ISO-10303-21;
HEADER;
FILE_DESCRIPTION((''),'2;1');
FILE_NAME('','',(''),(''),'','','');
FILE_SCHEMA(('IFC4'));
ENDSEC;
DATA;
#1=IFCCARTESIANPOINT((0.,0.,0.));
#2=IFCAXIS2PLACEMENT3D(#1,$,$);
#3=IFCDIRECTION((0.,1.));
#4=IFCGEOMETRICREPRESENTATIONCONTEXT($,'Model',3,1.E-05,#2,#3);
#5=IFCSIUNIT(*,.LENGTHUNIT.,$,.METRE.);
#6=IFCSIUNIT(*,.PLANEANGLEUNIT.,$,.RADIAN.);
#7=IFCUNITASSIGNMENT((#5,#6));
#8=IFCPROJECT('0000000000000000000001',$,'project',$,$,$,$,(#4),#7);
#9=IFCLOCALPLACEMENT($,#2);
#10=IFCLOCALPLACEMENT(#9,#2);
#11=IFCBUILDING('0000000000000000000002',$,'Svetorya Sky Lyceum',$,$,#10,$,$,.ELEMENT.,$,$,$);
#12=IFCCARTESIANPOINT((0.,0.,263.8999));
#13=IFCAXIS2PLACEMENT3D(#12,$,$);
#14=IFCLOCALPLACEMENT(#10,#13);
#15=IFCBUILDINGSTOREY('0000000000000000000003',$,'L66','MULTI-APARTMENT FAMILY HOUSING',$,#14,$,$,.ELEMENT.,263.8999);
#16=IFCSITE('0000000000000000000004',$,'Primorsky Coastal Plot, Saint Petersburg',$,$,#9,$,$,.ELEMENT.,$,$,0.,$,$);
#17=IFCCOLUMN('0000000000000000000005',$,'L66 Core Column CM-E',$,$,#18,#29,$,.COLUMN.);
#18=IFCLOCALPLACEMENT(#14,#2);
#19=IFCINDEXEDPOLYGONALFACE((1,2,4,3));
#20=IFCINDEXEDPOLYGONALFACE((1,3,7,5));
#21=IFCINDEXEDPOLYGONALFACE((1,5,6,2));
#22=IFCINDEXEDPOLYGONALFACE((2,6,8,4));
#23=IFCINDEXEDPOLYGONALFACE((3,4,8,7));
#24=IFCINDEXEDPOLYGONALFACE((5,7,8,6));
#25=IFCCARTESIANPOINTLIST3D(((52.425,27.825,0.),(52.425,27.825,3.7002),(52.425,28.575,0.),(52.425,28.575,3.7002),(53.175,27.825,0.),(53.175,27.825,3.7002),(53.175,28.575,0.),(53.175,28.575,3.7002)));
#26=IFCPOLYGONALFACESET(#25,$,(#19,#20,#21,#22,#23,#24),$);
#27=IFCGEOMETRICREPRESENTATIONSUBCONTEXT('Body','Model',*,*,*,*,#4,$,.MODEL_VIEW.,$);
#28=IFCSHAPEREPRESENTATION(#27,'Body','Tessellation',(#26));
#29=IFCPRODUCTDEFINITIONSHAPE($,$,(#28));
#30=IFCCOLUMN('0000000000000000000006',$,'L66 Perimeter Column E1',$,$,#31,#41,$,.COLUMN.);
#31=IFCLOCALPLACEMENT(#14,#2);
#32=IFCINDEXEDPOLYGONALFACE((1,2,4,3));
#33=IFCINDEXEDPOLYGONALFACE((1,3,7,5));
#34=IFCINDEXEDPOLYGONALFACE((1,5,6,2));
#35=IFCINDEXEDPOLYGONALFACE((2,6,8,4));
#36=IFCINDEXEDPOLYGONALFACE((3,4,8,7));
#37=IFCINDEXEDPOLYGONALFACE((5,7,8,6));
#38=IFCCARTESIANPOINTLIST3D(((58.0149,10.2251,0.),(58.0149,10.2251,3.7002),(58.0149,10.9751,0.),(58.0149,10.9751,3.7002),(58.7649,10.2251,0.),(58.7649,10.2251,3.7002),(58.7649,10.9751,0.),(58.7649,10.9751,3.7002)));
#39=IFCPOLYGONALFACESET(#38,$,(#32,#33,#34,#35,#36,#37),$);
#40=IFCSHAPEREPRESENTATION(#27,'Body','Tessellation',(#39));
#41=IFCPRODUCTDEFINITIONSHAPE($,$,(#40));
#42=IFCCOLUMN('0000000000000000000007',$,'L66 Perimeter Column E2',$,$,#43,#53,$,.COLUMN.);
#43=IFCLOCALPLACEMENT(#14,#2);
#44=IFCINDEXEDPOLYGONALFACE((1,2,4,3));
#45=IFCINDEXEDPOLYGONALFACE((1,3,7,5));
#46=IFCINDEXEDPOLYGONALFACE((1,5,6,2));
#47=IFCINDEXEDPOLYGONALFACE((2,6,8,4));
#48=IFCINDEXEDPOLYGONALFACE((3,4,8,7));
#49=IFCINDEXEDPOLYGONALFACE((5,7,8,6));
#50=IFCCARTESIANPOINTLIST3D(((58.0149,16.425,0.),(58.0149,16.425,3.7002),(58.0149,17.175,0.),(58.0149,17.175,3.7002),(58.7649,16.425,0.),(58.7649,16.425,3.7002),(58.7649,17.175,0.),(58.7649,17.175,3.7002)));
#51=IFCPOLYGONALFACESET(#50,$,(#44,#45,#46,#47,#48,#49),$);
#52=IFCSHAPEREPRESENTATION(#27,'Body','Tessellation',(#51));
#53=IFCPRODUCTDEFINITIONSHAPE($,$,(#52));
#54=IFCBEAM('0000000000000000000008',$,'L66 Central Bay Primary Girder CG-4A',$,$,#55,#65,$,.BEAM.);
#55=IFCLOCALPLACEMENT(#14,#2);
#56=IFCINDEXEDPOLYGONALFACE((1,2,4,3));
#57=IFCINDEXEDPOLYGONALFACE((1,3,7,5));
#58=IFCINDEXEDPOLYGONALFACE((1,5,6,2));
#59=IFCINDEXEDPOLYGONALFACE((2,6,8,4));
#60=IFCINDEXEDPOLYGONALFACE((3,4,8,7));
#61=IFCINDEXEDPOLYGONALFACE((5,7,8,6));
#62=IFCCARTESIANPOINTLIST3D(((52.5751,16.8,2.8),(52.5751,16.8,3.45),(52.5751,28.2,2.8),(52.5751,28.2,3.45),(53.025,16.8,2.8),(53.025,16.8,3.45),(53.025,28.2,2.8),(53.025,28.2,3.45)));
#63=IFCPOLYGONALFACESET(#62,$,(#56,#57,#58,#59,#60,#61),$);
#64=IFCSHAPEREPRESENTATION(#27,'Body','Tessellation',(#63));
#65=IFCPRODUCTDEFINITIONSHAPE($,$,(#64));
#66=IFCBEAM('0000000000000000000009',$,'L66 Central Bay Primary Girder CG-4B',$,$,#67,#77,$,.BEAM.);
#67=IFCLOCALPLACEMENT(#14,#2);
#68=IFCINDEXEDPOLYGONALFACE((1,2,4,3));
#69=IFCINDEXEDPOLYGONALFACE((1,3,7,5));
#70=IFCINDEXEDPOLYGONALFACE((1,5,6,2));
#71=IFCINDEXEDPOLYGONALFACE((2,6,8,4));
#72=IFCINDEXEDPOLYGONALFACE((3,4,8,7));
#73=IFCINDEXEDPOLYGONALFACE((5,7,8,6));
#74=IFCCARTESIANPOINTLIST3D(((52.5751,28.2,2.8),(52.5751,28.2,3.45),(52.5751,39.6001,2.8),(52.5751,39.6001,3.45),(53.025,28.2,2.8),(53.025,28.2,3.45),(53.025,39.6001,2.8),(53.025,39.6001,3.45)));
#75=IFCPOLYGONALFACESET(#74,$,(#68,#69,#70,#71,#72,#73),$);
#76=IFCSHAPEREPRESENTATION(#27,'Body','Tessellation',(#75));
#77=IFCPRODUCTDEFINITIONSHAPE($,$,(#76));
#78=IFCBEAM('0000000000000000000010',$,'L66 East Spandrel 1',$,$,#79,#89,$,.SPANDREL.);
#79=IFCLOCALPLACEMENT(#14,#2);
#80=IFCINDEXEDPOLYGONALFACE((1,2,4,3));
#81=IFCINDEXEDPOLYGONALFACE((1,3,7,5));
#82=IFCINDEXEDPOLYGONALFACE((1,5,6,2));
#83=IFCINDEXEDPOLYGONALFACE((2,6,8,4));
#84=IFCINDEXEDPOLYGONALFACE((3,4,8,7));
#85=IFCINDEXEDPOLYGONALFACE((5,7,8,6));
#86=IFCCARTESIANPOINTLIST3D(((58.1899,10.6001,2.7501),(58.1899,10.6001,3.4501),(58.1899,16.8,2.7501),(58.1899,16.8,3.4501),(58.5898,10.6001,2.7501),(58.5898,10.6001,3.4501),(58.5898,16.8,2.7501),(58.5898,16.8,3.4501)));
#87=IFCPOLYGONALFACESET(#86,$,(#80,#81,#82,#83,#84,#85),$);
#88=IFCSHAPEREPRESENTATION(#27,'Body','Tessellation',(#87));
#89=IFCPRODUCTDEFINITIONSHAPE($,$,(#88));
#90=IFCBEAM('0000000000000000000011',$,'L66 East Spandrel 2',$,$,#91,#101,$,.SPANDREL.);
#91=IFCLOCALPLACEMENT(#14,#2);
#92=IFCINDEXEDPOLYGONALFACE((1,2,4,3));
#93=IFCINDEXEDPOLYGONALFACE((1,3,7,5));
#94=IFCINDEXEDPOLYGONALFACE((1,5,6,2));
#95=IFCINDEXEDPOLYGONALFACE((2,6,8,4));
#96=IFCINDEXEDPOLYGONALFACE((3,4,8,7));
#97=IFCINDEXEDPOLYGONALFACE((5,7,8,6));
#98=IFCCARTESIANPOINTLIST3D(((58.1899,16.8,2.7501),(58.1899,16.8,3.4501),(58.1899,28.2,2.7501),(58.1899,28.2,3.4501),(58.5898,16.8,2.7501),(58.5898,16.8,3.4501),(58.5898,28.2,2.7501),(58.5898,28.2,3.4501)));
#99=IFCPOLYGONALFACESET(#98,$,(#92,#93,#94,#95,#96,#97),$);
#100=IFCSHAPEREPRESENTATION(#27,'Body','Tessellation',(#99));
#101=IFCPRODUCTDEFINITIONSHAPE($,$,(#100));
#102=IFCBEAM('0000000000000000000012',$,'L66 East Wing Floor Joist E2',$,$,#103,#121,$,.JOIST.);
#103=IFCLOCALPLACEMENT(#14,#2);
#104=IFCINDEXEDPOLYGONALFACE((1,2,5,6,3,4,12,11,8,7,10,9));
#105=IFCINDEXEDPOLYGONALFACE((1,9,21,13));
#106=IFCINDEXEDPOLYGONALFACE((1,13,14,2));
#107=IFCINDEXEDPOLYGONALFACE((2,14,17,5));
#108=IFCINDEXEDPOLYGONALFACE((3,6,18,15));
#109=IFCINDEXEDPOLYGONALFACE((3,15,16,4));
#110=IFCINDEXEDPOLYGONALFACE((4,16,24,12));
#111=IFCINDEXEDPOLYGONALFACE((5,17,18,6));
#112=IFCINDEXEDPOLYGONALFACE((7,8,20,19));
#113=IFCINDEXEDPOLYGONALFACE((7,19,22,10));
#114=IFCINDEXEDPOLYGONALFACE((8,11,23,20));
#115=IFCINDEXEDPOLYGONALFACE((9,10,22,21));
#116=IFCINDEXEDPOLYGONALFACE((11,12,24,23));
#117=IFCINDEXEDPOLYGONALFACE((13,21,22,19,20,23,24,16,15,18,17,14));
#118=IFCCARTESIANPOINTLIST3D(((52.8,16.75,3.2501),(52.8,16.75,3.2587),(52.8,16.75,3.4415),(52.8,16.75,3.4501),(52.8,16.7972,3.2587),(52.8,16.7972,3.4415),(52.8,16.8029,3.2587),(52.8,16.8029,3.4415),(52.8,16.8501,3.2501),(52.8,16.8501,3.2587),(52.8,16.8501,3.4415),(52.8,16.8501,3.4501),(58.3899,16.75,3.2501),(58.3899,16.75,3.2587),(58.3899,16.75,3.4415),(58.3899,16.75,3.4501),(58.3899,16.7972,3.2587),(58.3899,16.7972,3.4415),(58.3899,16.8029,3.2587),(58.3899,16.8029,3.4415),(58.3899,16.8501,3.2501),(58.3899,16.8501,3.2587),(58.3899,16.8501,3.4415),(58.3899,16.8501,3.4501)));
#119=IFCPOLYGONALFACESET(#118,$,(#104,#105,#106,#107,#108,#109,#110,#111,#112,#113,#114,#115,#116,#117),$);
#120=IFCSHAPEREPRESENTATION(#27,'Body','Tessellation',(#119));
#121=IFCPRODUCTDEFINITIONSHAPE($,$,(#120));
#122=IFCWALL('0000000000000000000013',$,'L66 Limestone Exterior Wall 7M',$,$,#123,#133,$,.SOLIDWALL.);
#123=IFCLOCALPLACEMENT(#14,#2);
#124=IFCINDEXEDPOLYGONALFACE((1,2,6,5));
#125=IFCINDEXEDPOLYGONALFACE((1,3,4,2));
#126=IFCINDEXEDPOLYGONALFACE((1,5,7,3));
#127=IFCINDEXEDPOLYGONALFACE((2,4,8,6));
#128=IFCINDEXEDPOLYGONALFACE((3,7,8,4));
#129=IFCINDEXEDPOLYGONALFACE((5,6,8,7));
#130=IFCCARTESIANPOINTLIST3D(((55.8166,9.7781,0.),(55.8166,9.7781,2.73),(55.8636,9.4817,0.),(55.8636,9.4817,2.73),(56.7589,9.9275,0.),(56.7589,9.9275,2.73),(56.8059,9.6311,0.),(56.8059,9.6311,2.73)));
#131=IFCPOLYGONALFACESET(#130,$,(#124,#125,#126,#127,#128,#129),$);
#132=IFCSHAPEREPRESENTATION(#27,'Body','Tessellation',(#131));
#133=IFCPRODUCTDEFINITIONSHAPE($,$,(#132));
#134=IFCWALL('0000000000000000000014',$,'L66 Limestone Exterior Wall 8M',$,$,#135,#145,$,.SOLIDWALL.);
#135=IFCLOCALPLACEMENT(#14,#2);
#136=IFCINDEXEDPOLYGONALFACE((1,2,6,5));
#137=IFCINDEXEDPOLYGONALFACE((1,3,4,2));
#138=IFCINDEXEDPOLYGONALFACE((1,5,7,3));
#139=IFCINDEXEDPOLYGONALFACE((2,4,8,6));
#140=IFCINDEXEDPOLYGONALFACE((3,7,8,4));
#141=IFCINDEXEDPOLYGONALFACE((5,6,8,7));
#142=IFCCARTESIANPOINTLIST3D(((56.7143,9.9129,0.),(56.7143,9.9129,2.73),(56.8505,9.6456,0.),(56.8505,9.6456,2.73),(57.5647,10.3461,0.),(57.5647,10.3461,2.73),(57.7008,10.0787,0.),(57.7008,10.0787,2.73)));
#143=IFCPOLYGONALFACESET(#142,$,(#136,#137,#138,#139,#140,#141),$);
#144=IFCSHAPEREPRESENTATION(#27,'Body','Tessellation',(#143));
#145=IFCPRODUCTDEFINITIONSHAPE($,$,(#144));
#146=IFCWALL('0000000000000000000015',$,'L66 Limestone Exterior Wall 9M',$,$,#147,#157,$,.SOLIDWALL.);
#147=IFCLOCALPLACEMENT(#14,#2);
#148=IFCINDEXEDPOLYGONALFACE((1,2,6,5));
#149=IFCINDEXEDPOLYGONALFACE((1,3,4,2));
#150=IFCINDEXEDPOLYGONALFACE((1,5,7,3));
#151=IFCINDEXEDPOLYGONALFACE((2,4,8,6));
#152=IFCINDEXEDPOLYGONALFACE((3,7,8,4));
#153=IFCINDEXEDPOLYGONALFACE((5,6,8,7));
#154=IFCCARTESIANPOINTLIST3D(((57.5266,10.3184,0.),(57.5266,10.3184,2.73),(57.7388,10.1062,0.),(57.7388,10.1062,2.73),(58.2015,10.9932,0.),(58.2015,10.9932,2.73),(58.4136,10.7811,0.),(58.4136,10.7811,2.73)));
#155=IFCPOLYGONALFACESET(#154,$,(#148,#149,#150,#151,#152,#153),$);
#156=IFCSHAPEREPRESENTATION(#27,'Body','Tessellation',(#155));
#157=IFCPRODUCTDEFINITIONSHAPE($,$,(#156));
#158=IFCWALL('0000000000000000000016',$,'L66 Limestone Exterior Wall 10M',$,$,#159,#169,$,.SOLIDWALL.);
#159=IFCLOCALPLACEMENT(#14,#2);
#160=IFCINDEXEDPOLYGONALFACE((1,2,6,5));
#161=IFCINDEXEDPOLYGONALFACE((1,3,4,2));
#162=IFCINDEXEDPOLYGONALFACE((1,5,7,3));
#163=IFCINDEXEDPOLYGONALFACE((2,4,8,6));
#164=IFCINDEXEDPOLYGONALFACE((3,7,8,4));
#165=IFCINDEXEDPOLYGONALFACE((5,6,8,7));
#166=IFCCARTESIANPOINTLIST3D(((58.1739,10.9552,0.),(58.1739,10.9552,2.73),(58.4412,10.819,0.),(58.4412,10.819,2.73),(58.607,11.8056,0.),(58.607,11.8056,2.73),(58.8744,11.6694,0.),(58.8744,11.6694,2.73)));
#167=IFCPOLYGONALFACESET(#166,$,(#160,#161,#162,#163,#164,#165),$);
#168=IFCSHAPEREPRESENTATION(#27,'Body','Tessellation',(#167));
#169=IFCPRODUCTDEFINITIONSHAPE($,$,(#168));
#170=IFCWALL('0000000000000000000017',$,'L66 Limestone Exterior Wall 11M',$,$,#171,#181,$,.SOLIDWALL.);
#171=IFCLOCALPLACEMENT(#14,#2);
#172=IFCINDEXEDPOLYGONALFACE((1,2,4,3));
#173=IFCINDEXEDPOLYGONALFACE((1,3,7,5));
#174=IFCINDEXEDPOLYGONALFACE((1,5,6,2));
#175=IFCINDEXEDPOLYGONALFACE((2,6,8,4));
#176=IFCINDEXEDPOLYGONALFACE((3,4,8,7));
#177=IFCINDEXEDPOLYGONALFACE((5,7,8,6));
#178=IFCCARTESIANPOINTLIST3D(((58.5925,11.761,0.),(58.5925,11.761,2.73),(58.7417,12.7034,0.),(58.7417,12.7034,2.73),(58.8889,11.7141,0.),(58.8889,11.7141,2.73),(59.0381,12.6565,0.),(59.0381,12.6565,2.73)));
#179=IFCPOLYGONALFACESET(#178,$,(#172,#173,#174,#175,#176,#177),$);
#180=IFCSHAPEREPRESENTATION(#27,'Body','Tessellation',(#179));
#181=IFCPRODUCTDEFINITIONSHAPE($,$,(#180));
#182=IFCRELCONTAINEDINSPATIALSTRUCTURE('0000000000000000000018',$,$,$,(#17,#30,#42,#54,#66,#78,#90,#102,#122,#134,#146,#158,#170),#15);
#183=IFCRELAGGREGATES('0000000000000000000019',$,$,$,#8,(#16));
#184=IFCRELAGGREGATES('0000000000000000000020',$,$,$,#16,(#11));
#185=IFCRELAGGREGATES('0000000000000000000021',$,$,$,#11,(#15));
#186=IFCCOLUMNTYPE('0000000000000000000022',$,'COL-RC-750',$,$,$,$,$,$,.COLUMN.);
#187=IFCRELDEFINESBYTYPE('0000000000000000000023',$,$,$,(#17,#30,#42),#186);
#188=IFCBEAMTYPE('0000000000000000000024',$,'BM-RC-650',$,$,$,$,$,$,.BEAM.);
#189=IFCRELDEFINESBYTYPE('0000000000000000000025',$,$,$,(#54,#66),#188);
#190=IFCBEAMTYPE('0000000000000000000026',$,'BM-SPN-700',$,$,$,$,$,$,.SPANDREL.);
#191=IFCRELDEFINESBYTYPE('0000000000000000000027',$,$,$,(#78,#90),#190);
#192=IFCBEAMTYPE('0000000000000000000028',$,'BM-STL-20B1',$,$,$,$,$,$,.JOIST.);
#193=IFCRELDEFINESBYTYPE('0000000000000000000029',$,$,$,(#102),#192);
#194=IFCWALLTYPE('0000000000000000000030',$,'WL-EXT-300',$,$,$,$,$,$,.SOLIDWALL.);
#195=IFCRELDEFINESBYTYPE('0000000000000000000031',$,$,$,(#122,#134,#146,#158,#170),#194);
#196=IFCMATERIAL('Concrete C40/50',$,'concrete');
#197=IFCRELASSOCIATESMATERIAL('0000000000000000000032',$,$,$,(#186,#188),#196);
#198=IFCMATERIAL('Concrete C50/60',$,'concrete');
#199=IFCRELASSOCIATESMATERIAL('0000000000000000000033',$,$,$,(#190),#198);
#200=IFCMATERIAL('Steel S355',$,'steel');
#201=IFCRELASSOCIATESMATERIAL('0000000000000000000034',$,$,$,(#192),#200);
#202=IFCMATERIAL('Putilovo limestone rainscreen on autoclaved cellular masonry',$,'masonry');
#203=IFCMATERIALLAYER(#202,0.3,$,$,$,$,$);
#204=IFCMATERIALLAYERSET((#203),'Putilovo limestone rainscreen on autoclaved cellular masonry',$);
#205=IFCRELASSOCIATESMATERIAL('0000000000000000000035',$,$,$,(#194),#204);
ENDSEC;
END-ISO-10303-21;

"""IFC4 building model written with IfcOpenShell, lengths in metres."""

from ifc_helpers import new_model, si_unit, direction, frame, frame_2d, origin, origin_2d, place, context, subcontext, project, spatial, rectangle, i_section, extrude, material, layer, layer_set, material_profile, profile_set, type_object, element, save


model = new_model("IFC4")

# Units and contexts
model_context = context("Model", 3, precision=1e-05, world=origin(), true_north=direction((0.0, 1.0)))
body_context = subcontext(model_context, "Body", "Model", "MODEL_VIEW")
ifc_project = project(units=[si_unit("LENGTHUNIT", "METRE"), si_unit("PLANEANGLEUNIT", "RADIAN")], contexts=[model_context])

# Site, building, storey
site_placement = place(None, origin())
site = spatial("IfcSite", under=ifc_project, at=site_placement, Name="Primorsky Coastal Plot, Saint Petersburg", CompositionType="ELEMENT", RefElevation=0.0)
building_placement = place(site_placement, origin())
building = spatial("IfcBuilding", under=site, at=building_placement, Name="Svetorya Sky Lyceum", CompositionType="ELEMENT")
storey_placement = place(building_placement, frame((0.0, 0.0, 263.8999)))
storey = spatial("IfcBuildingStorey", under=building, at=storey_placement, Name="L66", Description="MULTI-APARTMENT FAMILY HOUSING", CompositionType="ELEMENT", Elevation=263.8999)

# Columns
ifc_material_1 = material(Name="Concrete C40/50", Category="concrete")
ifc_material_profile_1 = material_profile(ifc_material_1, rectangle(XDim=0.75, YDim=0.75, at=origin_2d()), Name="RC COL 750x750")
ifc_profile_set_1 = profile_set([ifc_material_profile_1], Name="Concrete C40/50")
column_type = type_object("IfcColumnType", Name="COL-RC-750", PredefinedType="COLUMN", material=ifc_profile_set_1)
for number, where, z_axis, x_axis, name in (
    (1, (52.8, 28.2, 0.0), (0.0, 0.0, 1.0), (1.0, 0.0, 0.0), "L66 Core Column CM-E"),
    (2, (58.3899, 10.6001, 0.0), (0.0, 0.0, 1.0), (1.0, 0.0, 0.0), "L66 Perimeter Column E1"),
    (3, (58.3899, 16.8, 0.0), (0.0, 0.0, 1.0), (1.0, 0.0, 0.0), "L66 Perimeter Column E2"),
):
    element("IfcColumn", number, at=place(storey_placement, frame(where, z_axis=z_axis, x_axis=x_axis)), inside=storey, type_object=column_type, Name=name, PredefinedType="COLUMN", context=body_context, shape_type="SweptSolid", body=[
        extrude(rectangle(XDim=0.75, YDim=0.75, at=origin_2d()), origin(), (0.0, 0.0, 1.0), 3.7002),
    ])

# Beams
ifc_material_profile_2 = material_profile(ifc_material_1, rectangle(XDim=0.45, YDim=0.6499, at=origin_2d()), Name="RC BEAM 450x650")
ifc_profile_set_2 = profile_set([ifc_material_profile_2], Name="Concrete C40/50")
beam_type_1 = type_object("IfcBeamType", Name="BM-RC-650", PredefinedType="BEAM", material=ifc_profile_set_2)
beam_1_placement = place(storey_placement, frame((52.8, 16.8, 3.125), z_axis=(0.0, 1.0, 0.0), x_axis=(-1.0, 0.0, 0.0)))
element("IfcBeam", 4, at=beam_1_placement, inside=storey, type_object=beam_type_1, Name="L66 Central Bay Primary Girder CG-4A", PredefinedType="BEAM", context=body_context, shape_type="SweptSolid", body=[
    extrude(rectangle(XDim=0.45, YDim=0.6499, at=origin_2d()), origin(), (0.0, 0.0, 1.0), 11.3999),
])
beam_2_placement = place(storey_placement, frame((52.8, 28.2, 3.125), z_axis=(0.0, 1.0, 0.0), x_axis=(-1.0, 0.0, 0.0)))
element("IfcBeam", 5, at=beam_2_placement, inside=storey, type_object=beam_type_1, Name="L66 Central Bay Primary Girder CG-4B", PredefinedType="BEAM", context=body_context, shape_type="SweptSolid", body=[
    extrude(rectangle(XDim=0.45, YDim=0.6499, at=origin_2d()), origin(), (0.0, 0.0, 1.0), 11.4001),
])
ifc_material_2 = material(Name="Concrete C50/60", Category="concrete")
ifc_material_profile_3 = material_profile(ifc_material_2, rectangle(XDim=0.3999, YDim=0.7, at=origin_2d()), Name="RC SPANDREL 400x700")
ifc_profile_set_3 = profile_set([ifc_material_profile_3], Name="Concrete C50/60")
beam_type_2 = type_object("IfcBeamType", Name="BM-SPN-700", PredefinedType="SPANDREL", material=ifc_profile_set_3)
beam_3_placement = place(storey_placement, frame((58.3899, 10.6001, 3.1001), z_axis=(0.0, 1.0, 0.0), x_axis=(-1.0, 0.0, 0.0)))
element("IfcBeam", 6, at=beam_3_placement, inside=storey, type_object=beam_type_2, Name="L66 East Spandrel 1", PredefinedType="SPANDREL", context=body_context, shape_type="SweptSolid", body=[
    extrude(rectangle(XDim=0.3999, YDim=0.7, at=origin_2d()), origin(), (0.0, 0.0, 1.0), 6.2),
])
beam_4_placement = place(storey_placement, frame((58.3899, 16.8, 3.1001), z_axis=(0.0, 1.0, 0.0), x_axis=(-1.0, 0.0, 0.0)))
element("IfcBeam", 7, at=beam_4_placement, inside=storey, type_object=beam_type_2, Name="L66 East Spandrel 2", PredefinedType="SPANDREL", context=body_context, shape_type="SweptSolid", body=[
    extrude(rectangle(XDim=0.3999, YDim=0.7, at=origin_2d()), origin(), (0.0, 0.0, 1.0), 11.3999),
])
ifc_material_3 = material(Name="Steel S355", Category="steel")
ifc_material_profile_4 = material_profile(ifc_material_3, i_section(OverallWidth=0.1001, OverallDepth=0.2, WebThickness=0.0056, FlangeThickness=0.0085, at=origin_2d()), Name="GOST 20B1")
ifc_profile_set_4 = profile_set([ifc_material_profile_4], Name="Steel S355")
beam_type_3 = type_object("IfcBeamType", Name="BM-STL-20B1", PredefinedType="JOIST", material=ifc_profile_set_4)
beam_5_placement = place(storey_placement, frame((52.8, 16.8, 3.3501), z_axis=(1.0, 0.0, 0.0), x_axis=(0.0, 1.0, 0.0)))
element("IfcBeam", 8, at=beam_5_placement, inside=storey, type_object=beam_type_3, Name="L66 East Wing Floor Joist E2", PredefinedType="JOIST", context=body_context, shape_type="SweptSolid", body=[
    extrude(i_section(OverallWidth=0.1001, OverallDepth=0.2, WebThickness=0.0056, FlangeThickness=0.0085, at=origin_2d()), origin(), (0.0, 0.0, 1.0), 5.5898),
])

# Walls
ifc_material_4 = material(Name="Putilovo limestone rainscreen on autoclaved cellular masonry", Category="masonry")
ifc_layer_1 = layer(ifc_material_4, 0.3)
ifc_layer_set_1 = layer_set([ifc_layer_1], Name="Putilovo limestone rainscreen on autoclaved cellular masonry")
wall_type_1 = type_object("IfcWallType", Name="WL-EXT-300", PredefinedType="SOLIDWALL", material=ifc_layer_set_1)
wall_1_placement = place(storey_placement, frame((55.8401, 9.6299, 0.0), z_axis=(0.0, 0.0, 1.0), x_axis=(0.987663, 0.156593, 0.0)))
element("IfcWall", 9, at=wall_1_placement, inside=storey, type_object=wall_type_1, Name="L66 Limestone Exterior Wall 7M", PredefinedType="SOLIDWALL", context=body_context, shape_type="SweptSolid", body=[
    extrude(rectangle(XDim=0.9541, YDim=0.3, at=frame_2d((0.4771, 0.0))), origin(), (0.0, 0.0, 1.0), 2.73),
])
for number, where, z_axis, x_axis, name in (
    (10, (56.7825, 9.7793, 0.0), (0.0, 0.0, 1.0), (0.891077, 0.453853, 0.0), "L66 Limestone Exterior Wall 8M"),
    (11, (57.6328, 10.2124, 0.0), (0.0, 0.0, 1.0), (0.707107, 0.707107, 0.0), "L66 Limestone Exterior Wall 9M"),
    (12, (58.3076, 10.8872, 0.0), (0.0, 0.0, 1.0), (0.453853, 0.891077, 0.0), "L66 Limestone Exterior Wall 10M"),
):
    element("IfcWall", number, at=place(storey_placement, frame(where, z_axis=z_axis, x_axis=x_axis)), inside=storey, type_object=wall_type_1, Name=name, PredefinedType="SOLIDWALL", context=body_context, shape_type="SweptSolid", body=[
        extrude(rectangle(XDim=0.9543, YDim=0.3, at=frame_2d((0.4771, 0.0))), origin(), (0.0, 0.0, 1.0), 2.73),
    ])
wall_2_placement = place(storey_placement, frame((58.7407, 11.7375, 0.0), z_axis=(0.0, 0.0, 1.0), x_axis=(0.156344, 0.987703, 0.0)))
element("IfcWall", 13, at=wall_2_placement, inside=storey, type_object=wall_type_1, Name="L66 Limestone Exterior Wall 11M", PredefinedType="SOLIDWALL", context=body_context, shape_type="SweptSolid", body=[
    extrude(rectangle(XDim=0.9541, YDim=0.3, at=frame_2d((0.4771, 0.0))), origin(), (0.0, 0.0, 1.0), 2.73),
])

save(model, "model.ifc")
